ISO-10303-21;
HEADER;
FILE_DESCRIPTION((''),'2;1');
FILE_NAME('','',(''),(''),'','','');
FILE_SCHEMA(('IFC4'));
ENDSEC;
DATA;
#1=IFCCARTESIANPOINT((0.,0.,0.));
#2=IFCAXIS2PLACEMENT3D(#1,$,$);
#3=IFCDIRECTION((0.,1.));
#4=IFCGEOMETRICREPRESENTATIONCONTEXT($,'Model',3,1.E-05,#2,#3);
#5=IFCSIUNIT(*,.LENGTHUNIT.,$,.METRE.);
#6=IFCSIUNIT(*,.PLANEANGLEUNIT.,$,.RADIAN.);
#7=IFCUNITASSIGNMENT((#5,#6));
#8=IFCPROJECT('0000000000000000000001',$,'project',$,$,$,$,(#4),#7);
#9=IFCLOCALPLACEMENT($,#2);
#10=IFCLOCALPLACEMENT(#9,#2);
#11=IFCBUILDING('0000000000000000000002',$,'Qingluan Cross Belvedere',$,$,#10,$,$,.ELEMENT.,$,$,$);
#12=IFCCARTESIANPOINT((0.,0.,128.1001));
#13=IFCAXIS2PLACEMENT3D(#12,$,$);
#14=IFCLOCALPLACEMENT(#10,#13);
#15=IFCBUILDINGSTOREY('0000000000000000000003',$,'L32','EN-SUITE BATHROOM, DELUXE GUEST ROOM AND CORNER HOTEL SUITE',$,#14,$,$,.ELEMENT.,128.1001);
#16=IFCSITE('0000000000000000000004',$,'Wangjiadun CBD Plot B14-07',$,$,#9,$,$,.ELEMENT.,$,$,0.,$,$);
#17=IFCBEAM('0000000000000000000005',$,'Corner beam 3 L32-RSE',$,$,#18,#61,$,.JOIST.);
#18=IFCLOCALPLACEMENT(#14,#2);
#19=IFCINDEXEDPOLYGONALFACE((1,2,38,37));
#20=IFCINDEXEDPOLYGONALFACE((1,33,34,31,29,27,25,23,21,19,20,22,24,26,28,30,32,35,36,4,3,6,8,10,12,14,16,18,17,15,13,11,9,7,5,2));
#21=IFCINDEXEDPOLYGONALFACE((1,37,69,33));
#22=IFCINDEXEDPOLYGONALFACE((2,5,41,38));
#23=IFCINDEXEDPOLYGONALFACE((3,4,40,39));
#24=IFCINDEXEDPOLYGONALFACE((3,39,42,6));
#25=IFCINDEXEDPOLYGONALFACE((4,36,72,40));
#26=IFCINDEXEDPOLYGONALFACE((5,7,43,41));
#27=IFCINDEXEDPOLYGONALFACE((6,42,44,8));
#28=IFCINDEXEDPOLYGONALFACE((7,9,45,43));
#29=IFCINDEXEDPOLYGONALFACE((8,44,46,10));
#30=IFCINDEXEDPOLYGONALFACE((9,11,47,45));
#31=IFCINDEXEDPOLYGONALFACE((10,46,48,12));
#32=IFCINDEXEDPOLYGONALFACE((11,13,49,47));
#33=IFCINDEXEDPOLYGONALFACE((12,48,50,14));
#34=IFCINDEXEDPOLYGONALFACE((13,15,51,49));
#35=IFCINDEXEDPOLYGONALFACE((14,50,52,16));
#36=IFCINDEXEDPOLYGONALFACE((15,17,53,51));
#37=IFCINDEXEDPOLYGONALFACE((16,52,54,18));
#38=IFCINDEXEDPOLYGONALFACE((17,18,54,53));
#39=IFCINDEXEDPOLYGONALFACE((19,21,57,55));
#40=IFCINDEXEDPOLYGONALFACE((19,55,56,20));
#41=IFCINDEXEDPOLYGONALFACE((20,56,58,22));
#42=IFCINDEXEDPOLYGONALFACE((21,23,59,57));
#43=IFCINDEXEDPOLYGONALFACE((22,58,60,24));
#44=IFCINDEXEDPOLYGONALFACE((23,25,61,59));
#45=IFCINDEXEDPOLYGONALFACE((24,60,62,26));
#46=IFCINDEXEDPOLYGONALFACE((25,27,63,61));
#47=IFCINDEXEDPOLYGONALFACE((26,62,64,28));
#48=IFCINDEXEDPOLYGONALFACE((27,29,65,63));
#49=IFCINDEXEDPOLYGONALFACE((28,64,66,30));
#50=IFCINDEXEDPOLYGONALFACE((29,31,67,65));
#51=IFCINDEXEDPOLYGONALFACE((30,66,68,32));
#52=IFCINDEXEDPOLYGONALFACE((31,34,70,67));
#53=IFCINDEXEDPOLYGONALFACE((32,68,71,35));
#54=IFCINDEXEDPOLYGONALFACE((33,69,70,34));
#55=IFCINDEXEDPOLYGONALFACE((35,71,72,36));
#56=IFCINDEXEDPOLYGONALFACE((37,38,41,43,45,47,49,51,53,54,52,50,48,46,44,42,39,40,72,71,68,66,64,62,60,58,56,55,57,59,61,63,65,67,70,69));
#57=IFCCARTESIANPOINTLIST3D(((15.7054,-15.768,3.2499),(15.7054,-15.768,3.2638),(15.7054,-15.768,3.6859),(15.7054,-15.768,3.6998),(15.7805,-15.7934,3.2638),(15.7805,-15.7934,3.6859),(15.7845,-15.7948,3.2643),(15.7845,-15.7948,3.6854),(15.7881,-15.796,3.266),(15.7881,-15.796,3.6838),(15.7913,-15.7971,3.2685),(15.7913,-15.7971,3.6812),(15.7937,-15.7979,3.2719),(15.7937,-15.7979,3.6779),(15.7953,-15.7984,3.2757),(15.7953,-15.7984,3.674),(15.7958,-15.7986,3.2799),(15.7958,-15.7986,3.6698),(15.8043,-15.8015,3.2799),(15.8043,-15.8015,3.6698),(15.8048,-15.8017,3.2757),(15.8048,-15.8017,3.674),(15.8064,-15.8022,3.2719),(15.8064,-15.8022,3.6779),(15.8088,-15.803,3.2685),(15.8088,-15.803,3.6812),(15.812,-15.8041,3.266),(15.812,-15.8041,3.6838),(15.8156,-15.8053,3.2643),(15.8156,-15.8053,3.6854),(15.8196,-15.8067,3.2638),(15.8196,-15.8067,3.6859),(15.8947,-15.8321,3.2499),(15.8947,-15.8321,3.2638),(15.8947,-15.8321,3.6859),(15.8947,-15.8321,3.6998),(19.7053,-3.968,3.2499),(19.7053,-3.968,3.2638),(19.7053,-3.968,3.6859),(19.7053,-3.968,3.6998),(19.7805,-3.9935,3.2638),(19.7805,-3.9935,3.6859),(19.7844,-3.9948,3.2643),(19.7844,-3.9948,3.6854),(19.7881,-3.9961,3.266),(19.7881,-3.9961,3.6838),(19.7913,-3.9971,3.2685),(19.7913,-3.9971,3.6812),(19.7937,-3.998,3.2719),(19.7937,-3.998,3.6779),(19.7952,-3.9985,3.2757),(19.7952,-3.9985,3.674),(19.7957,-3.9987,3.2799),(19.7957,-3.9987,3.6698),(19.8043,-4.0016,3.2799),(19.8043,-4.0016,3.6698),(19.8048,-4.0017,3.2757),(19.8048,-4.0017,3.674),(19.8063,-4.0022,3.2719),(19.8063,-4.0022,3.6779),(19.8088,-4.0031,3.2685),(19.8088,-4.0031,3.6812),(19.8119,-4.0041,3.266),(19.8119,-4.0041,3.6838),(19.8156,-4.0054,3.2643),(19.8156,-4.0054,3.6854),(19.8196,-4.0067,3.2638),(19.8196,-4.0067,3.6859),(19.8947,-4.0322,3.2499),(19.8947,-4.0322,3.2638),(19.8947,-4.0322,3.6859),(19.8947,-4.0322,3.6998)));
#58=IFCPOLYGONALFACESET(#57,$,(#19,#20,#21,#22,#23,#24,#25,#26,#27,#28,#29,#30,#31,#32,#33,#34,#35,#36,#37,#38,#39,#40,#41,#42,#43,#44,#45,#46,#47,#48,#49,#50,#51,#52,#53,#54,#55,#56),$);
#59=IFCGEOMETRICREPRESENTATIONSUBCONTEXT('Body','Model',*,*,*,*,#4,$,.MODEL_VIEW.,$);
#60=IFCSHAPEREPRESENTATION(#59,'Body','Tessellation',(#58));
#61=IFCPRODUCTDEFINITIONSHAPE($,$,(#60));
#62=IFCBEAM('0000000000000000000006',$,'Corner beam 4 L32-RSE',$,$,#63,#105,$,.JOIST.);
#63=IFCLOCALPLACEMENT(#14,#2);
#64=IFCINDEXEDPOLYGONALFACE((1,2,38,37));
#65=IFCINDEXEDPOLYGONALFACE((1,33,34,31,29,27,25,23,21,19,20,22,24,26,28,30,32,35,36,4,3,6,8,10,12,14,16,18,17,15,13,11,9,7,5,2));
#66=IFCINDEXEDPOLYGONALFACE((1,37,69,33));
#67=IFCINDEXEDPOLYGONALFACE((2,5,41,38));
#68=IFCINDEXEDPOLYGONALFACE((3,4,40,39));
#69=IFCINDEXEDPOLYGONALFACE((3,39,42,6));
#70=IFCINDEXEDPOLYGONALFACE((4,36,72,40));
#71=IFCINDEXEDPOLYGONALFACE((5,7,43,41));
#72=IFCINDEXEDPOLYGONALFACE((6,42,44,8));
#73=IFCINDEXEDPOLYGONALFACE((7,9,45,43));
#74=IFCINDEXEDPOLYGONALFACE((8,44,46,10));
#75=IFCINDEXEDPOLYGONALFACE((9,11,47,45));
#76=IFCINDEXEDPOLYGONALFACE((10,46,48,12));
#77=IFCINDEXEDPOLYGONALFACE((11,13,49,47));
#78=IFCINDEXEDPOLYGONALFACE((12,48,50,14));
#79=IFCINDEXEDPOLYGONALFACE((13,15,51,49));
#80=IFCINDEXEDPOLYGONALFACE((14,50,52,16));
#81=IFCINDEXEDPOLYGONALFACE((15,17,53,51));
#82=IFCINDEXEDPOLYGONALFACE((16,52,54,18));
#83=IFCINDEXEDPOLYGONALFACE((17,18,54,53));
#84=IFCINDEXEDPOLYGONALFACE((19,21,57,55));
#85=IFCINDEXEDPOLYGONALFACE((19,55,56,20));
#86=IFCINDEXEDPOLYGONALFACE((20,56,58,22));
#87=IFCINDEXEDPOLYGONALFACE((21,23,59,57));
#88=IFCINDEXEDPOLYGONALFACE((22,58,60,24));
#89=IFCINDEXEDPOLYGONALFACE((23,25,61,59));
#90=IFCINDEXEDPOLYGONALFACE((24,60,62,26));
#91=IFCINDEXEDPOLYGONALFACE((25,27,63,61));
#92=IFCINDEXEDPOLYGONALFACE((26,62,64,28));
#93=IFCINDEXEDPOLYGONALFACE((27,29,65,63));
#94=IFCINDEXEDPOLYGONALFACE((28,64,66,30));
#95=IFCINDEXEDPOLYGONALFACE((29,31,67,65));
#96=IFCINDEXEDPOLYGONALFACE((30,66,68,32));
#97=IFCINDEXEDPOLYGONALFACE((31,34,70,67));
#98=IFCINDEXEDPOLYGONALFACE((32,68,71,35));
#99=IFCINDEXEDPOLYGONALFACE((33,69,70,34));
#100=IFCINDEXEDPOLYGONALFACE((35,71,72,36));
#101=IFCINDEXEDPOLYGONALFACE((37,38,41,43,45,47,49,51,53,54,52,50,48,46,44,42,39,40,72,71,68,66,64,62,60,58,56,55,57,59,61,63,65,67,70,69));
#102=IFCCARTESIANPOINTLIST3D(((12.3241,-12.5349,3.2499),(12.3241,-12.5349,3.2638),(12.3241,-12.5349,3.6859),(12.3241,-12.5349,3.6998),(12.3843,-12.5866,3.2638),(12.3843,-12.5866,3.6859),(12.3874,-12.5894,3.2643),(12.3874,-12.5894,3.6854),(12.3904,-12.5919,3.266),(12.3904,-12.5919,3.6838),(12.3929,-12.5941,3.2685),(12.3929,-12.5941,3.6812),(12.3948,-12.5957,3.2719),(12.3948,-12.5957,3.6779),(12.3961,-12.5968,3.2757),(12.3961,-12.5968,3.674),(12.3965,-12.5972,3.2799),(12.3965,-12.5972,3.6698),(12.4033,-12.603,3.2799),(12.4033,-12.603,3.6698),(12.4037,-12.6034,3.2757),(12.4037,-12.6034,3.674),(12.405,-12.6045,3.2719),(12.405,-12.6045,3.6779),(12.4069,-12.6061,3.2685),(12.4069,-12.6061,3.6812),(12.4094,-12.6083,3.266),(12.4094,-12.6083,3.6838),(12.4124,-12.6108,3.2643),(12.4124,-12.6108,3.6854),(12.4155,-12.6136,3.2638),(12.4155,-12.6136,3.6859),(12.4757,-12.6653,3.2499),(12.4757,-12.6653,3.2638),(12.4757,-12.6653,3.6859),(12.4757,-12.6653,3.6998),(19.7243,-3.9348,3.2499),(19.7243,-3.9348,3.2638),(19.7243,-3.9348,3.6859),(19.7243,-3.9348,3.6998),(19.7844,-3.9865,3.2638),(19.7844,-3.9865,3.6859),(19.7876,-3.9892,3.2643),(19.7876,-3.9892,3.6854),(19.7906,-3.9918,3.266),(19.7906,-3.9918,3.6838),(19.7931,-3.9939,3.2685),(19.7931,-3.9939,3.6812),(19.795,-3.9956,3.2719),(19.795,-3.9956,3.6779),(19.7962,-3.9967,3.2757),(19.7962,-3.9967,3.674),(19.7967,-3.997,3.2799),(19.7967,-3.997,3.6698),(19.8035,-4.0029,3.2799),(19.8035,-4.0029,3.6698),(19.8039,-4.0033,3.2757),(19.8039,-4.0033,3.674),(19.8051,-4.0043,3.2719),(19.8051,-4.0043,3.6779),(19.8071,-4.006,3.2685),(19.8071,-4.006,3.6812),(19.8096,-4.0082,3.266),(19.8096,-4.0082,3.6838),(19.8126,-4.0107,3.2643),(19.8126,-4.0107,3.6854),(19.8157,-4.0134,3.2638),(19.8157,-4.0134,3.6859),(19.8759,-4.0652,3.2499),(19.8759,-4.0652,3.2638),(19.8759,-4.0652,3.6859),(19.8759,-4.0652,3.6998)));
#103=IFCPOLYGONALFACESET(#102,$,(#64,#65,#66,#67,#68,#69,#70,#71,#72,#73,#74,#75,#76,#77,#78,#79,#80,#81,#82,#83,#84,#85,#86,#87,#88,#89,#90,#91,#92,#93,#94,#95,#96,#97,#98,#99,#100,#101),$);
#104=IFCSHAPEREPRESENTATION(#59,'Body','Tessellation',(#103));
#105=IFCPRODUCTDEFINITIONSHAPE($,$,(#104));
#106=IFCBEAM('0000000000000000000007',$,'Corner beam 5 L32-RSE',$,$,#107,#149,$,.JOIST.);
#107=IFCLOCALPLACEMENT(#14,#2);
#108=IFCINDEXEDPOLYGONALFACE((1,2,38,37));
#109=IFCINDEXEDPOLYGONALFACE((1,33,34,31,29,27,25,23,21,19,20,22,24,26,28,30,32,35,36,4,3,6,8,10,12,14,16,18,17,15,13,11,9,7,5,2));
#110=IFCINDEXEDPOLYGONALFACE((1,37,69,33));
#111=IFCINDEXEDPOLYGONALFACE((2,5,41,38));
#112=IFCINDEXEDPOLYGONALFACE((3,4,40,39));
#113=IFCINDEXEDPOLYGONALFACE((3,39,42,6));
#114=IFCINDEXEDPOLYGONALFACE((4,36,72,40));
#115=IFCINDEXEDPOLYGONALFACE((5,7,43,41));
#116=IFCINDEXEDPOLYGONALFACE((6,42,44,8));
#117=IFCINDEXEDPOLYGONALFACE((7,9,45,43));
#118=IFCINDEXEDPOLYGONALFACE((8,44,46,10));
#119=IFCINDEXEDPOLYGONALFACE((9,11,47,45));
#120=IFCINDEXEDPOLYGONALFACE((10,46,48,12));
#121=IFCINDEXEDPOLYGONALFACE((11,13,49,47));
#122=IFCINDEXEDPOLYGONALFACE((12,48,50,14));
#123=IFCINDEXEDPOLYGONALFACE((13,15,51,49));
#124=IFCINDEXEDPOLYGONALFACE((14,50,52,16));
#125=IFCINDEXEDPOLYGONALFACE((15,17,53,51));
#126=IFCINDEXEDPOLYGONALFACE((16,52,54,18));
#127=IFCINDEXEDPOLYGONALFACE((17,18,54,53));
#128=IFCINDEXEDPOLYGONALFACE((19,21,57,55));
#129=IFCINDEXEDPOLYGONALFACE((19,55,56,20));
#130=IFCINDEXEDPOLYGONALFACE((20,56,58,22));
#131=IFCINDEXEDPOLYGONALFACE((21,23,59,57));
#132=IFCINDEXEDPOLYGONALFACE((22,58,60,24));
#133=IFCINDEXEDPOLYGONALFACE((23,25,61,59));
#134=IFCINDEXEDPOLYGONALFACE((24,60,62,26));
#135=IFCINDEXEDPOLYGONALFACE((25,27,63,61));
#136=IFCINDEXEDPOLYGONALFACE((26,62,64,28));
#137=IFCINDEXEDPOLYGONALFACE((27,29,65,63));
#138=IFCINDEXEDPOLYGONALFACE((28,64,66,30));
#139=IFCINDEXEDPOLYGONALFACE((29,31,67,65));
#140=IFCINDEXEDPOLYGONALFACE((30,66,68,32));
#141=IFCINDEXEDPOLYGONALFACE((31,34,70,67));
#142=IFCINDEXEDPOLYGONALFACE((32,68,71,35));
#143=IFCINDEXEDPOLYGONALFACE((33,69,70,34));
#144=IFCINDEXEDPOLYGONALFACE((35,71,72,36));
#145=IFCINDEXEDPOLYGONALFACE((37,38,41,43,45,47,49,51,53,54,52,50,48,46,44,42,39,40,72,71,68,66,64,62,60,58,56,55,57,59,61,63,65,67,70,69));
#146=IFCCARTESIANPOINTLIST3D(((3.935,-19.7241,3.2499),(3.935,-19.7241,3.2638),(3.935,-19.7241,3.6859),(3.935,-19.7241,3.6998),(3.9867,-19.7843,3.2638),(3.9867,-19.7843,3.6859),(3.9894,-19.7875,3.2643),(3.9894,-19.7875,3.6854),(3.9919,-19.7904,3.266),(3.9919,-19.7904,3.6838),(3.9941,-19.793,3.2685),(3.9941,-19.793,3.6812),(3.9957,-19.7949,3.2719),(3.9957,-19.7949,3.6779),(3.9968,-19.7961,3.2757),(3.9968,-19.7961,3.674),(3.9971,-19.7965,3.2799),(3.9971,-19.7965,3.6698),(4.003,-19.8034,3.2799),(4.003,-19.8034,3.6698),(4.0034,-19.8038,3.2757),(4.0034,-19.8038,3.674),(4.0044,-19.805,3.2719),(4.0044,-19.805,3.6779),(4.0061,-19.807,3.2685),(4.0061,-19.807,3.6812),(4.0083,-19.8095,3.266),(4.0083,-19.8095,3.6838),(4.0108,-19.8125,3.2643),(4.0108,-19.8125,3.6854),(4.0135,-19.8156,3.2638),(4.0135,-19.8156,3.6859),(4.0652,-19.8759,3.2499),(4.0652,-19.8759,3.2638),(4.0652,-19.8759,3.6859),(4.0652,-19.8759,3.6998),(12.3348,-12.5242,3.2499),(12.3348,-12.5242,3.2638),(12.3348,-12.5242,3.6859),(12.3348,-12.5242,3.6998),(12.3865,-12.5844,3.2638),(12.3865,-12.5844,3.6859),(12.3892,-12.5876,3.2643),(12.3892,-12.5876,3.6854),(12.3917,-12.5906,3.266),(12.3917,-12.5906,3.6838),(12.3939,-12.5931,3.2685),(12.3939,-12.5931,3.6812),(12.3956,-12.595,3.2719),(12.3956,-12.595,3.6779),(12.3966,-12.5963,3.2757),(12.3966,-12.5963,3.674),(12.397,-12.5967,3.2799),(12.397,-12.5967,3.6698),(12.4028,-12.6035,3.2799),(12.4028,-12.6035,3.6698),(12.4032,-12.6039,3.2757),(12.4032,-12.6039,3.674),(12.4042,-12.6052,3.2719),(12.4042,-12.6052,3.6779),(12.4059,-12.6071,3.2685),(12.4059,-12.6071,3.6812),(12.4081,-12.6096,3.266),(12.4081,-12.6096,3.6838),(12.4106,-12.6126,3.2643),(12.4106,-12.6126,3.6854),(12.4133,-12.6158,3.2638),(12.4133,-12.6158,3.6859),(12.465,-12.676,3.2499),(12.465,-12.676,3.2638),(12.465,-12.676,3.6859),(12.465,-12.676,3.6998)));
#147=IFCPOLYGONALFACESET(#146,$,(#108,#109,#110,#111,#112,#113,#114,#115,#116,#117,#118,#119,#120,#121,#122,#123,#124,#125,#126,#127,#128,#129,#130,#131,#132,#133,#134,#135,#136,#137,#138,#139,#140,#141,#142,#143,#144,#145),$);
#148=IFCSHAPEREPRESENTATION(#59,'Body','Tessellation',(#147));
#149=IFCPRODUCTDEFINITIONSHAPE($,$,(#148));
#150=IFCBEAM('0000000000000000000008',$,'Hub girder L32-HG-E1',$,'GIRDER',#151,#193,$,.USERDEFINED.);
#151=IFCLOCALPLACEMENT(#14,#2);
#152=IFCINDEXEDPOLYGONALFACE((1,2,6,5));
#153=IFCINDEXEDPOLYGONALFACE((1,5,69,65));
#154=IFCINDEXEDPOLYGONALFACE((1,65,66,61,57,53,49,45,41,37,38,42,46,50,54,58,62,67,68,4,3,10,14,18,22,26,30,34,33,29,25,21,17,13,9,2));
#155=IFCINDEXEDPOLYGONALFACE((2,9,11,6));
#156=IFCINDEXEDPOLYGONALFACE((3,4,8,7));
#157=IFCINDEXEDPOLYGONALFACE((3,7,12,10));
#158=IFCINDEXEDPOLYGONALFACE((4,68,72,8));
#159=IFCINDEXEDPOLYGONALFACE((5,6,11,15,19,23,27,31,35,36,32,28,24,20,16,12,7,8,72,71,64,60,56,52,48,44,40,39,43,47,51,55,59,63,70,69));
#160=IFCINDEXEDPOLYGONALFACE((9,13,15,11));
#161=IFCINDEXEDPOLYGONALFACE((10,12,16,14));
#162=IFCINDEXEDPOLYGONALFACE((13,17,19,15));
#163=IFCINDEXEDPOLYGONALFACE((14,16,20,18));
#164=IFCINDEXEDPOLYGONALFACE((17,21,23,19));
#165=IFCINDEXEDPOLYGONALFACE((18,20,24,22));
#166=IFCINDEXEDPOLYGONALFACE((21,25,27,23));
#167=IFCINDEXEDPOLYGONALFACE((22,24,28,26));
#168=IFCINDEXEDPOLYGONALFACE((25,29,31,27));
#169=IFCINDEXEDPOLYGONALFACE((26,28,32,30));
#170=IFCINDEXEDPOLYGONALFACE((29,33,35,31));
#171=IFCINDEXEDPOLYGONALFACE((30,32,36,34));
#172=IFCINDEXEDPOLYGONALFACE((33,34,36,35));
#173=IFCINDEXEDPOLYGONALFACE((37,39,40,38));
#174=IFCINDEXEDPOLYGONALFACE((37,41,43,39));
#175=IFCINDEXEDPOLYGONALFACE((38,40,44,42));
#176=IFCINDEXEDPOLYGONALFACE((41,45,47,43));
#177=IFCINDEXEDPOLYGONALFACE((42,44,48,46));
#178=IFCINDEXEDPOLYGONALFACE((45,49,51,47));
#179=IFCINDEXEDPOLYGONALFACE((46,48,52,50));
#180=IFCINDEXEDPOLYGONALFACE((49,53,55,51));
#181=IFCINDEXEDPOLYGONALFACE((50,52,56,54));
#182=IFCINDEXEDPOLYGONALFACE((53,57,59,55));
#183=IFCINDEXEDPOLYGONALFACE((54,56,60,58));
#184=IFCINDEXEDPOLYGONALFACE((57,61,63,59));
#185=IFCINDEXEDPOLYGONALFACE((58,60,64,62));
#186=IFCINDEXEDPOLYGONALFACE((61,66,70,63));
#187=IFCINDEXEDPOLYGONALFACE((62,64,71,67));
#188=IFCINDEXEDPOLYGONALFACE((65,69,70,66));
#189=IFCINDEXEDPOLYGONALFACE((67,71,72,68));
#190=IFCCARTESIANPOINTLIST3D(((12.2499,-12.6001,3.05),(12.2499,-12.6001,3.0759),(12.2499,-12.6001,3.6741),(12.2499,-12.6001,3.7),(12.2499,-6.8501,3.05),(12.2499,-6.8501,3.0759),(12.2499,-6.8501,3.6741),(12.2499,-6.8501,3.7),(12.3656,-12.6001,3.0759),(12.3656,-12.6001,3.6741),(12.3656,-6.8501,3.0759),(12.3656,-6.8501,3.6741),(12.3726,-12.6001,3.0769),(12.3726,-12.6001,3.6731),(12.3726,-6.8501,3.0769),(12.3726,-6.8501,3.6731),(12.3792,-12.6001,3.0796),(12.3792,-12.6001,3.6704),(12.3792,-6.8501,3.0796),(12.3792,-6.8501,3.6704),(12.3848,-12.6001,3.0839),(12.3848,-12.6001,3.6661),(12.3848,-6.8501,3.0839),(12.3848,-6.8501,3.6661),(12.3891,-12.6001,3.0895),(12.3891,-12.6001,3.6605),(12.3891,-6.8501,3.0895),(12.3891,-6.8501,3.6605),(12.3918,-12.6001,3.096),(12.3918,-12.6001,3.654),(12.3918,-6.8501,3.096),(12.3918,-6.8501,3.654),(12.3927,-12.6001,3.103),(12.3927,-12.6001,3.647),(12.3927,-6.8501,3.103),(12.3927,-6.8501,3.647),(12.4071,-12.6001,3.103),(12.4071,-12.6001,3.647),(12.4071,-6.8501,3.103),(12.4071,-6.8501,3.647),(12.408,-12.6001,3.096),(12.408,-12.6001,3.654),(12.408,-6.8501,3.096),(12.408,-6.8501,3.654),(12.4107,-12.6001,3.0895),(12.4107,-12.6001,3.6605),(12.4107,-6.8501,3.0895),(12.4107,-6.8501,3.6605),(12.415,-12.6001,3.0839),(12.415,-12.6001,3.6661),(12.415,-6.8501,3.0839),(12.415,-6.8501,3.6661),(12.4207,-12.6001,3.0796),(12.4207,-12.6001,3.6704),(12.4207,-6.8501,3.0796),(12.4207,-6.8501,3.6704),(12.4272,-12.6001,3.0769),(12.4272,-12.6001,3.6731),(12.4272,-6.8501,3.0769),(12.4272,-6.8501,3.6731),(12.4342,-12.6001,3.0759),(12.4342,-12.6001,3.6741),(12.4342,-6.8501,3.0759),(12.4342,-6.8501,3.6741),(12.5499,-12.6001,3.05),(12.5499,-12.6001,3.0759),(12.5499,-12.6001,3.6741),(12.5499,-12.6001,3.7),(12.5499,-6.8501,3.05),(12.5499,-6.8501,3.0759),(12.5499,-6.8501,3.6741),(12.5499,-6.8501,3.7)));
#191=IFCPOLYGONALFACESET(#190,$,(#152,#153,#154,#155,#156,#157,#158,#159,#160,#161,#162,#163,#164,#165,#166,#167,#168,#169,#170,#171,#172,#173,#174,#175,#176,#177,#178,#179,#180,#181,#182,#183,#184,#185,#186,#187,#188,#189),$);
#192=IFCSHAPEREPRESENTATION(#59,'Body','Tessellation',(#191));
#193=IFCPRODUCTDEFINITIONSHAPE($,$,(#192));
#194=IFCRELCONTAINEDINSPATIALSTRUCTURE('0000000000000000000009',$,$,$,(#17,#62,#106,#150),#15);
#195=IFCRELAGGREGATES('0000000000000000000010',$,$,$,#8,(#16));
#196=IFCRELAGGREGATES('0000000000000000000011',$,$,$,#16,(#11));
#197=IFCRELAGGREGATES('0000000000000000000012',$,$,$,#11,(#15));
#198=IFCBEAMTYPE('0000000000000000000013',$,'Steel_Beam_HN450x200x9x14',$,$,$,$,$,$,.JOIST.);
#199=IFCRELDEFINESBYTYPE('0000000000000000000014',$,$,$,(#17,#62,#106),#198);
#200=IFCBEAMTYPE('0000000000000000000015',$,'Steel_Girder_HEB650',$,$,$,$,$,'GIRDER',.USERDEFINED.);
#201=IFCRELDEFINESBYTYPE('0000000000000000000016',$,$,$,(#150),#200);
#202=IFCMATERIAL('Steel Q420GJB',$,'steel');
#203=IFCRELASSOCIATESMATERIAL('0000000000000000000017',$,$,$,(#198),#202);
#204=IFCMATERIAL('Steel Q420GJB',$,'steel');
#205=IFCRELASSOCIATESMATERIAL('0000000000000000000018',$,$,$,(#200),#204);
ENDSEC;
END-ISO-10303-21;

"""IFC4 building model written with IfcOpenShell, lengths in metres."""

from ifc_helpers import new_model, si_unit, direction, frame, origin, origin_2d, place, context, subcontext, project, spatial, i_section, extrude, material, material_profile, profile_set, type_object, element, save


model = new_model("IFC4")

# Units and contexts
model_context = context("Model", 3, precision=1e-05, world=origin(), true_north=direction((0.0, 1.0)))
body_context = subcontext(model_context, "Body", "Model", "MODEL_VIEW")
ifc_project = project(units=[si_unit("LENGTHUNIT", "METRE"), si_unit("PLANEANGLEUNIT", "RADIAN")], contexts=[model_context])

# Site, building, storey
site_placement = place(None, origin())
site = spatial("IfcSite", under=ifc_project, at=site_placement, Name="Wangjiadun CBD Plot B14-07", CompositionType="ELEMENT", RefElevation=0.0)
building_placement = place(site_placement, origin())
building = spatial("IfcBuilding", under=site, at=building_placement, Name="Qingluan Cross Belvedere", CompositionType="ELEMENT")
storey_placement = place(building_placement, frame((0.0, 0.0, 128.1001)))
storey = spatial("IfcBuildingStorey", under=building, at=storey_placement, Name="L32", Description="EN-SUITE BATHROOM, DELUXE GUEST ROOM AND CORNER HOTEL SUITE", CompositionType="ELEMENT", Elevation=128.1001)

# Beams
ifc_material_1 = material(Name="Steel Q420GJB", Category="steel")
ifc_material_profile_1 = material_profile(ifc_material_1, i_section(OverallWidth=0.2, OverallDepth=0.45, WebThickness=0.009, FlangeThickness=0.0139, FilletRadius=0.0161, at=origin_2d()), Name="HN450x200x9x14")
ifc_profile_set_1 = profile_set([ifc_material_profile_1], Name="Steel Q420GJB")
beam_type_1 = type_object("IfcBeamType", Name="Steel_Beam_HN450x200x9x14", PredefinedType="JOIST", material=ifc_profile_set_1)
for number, where, z_axis, x_axis, name in (
    (1, (15.8, -15.8, 3.4749), (0.321038, 0.947066, 0.0), (-0.947066, 0.321038, 0.0), "Corner beam 3 L32-RSE"),
):
    element("IfcBeam", number, at=place(storey_placement, frame(where, z_axis=z_axis, x_axis=x_axis)), inside=storey, type_object=beam_type_1, Name=name, PredefinedType="JOIST", context=body_context, shape_type="SweptSolid", body=[
        extrude(i_section(OverallWidth=0.2, OverallDepth=0.45, WebThickness=0.009, FlangeThickness=0.0139, FilletRadius=0.0161, at=origin_2d()), origin(), (0.0, 0.0, 1.0), 12.4595),
    ])
beam_1_placement = place(storey_placement, frame((12.3999, -12.6001, 3.4749), z_axis=(0.652245, 0.758008, 0.0), x_axis=(-0.758008, 0.652245, 0.0)))
element("IfcBeam", 2, at=beam_1_placement, inside=storey, type_object=beam_type_1, Name="Corner beam 4 L32-RSE", PredefinedType="JOIST", context=body_context, shape_type="SweptSolid", body=[
    extrude(i_section(OverallWidth=0.2, OverallDepth=0.45, WebThickness=0.009, FlangeThickness=0.0139, FilletRadius=0.0161, at=origin_2d()), origin(), (0.0, 0.0, 1.0), 11.3457),
])
beam_2_placement = place(storey_placement, frame((12.3999, -12.6001, 3.4749), z_axis=(-0.759255, -0.650793, 0.0), x_axis=(0.650793, -0.759255, 0.0)))
element("IfcBeam", 3, at=beam_2_placement, inside=storey, type_object=beam_type_1, Name="Corner beam 5 L32-RSE", PredefinedType="JOIST", context=body_context, shape_type="SweptSolid", body=[
    extrude(i_section(OverallWidth=0.2, OverallDepth=0.45, WebThickness=0.009, FlangeThickness=0.0139, FilletRadius=0.0161, at=origin_2d()), origin(), (0.0, 0.0, 1.0), 11.0632),
])
ifc_material_2 = material(Name="Steel Q420GJB", Category="steel")
ifc_material_profile_2 = material_profile(ifc_material_2, i_section(OverallWidth=0.3, OverallDepth=0.6499, WebThickness=0.0144, FlangeThickness=0.0259, FilletRadius=0.0271, at=origin_2d()), Name="HEB650")
ifc_profile_set_2 = profile_set([ifc_material_profile_2], Name="Steel Q420GJB")
beam_type_2 = type_object("IfcBeamType", Name="Steel_Girder_HEB650", ElementType="GIRDER", PredefinedType="USERDEFINED", material=ifc_profile_set_2)
beam_3_placement = place(storey_placement, frame((12.3999, -12.6001, 3.375), z_axis=(0.0, 1.0, 0.0), x_axis=(-1.0, 0.0, 0.0)))
element("IfcBeam", 4, at=beam_3_placement, inside=storey, type_object=beam_type_2, Name="Hub girder L32-HG-E1", ObjectType="GIRDER", PredefinedType="USERDEFINED", context=body_context, shape_type="SweptSolid", body=[
    extrude(i_section(OverallWidth=0.3, OverallDepth=0.6499, WebThickness=0.0144, FlangeThickness=0.0259, FilletRadius=0.0271, at=origin_2d()), origin(), (0.0, 0.0, 1.0), 5.75),
])

save(model, "model.ifc")
